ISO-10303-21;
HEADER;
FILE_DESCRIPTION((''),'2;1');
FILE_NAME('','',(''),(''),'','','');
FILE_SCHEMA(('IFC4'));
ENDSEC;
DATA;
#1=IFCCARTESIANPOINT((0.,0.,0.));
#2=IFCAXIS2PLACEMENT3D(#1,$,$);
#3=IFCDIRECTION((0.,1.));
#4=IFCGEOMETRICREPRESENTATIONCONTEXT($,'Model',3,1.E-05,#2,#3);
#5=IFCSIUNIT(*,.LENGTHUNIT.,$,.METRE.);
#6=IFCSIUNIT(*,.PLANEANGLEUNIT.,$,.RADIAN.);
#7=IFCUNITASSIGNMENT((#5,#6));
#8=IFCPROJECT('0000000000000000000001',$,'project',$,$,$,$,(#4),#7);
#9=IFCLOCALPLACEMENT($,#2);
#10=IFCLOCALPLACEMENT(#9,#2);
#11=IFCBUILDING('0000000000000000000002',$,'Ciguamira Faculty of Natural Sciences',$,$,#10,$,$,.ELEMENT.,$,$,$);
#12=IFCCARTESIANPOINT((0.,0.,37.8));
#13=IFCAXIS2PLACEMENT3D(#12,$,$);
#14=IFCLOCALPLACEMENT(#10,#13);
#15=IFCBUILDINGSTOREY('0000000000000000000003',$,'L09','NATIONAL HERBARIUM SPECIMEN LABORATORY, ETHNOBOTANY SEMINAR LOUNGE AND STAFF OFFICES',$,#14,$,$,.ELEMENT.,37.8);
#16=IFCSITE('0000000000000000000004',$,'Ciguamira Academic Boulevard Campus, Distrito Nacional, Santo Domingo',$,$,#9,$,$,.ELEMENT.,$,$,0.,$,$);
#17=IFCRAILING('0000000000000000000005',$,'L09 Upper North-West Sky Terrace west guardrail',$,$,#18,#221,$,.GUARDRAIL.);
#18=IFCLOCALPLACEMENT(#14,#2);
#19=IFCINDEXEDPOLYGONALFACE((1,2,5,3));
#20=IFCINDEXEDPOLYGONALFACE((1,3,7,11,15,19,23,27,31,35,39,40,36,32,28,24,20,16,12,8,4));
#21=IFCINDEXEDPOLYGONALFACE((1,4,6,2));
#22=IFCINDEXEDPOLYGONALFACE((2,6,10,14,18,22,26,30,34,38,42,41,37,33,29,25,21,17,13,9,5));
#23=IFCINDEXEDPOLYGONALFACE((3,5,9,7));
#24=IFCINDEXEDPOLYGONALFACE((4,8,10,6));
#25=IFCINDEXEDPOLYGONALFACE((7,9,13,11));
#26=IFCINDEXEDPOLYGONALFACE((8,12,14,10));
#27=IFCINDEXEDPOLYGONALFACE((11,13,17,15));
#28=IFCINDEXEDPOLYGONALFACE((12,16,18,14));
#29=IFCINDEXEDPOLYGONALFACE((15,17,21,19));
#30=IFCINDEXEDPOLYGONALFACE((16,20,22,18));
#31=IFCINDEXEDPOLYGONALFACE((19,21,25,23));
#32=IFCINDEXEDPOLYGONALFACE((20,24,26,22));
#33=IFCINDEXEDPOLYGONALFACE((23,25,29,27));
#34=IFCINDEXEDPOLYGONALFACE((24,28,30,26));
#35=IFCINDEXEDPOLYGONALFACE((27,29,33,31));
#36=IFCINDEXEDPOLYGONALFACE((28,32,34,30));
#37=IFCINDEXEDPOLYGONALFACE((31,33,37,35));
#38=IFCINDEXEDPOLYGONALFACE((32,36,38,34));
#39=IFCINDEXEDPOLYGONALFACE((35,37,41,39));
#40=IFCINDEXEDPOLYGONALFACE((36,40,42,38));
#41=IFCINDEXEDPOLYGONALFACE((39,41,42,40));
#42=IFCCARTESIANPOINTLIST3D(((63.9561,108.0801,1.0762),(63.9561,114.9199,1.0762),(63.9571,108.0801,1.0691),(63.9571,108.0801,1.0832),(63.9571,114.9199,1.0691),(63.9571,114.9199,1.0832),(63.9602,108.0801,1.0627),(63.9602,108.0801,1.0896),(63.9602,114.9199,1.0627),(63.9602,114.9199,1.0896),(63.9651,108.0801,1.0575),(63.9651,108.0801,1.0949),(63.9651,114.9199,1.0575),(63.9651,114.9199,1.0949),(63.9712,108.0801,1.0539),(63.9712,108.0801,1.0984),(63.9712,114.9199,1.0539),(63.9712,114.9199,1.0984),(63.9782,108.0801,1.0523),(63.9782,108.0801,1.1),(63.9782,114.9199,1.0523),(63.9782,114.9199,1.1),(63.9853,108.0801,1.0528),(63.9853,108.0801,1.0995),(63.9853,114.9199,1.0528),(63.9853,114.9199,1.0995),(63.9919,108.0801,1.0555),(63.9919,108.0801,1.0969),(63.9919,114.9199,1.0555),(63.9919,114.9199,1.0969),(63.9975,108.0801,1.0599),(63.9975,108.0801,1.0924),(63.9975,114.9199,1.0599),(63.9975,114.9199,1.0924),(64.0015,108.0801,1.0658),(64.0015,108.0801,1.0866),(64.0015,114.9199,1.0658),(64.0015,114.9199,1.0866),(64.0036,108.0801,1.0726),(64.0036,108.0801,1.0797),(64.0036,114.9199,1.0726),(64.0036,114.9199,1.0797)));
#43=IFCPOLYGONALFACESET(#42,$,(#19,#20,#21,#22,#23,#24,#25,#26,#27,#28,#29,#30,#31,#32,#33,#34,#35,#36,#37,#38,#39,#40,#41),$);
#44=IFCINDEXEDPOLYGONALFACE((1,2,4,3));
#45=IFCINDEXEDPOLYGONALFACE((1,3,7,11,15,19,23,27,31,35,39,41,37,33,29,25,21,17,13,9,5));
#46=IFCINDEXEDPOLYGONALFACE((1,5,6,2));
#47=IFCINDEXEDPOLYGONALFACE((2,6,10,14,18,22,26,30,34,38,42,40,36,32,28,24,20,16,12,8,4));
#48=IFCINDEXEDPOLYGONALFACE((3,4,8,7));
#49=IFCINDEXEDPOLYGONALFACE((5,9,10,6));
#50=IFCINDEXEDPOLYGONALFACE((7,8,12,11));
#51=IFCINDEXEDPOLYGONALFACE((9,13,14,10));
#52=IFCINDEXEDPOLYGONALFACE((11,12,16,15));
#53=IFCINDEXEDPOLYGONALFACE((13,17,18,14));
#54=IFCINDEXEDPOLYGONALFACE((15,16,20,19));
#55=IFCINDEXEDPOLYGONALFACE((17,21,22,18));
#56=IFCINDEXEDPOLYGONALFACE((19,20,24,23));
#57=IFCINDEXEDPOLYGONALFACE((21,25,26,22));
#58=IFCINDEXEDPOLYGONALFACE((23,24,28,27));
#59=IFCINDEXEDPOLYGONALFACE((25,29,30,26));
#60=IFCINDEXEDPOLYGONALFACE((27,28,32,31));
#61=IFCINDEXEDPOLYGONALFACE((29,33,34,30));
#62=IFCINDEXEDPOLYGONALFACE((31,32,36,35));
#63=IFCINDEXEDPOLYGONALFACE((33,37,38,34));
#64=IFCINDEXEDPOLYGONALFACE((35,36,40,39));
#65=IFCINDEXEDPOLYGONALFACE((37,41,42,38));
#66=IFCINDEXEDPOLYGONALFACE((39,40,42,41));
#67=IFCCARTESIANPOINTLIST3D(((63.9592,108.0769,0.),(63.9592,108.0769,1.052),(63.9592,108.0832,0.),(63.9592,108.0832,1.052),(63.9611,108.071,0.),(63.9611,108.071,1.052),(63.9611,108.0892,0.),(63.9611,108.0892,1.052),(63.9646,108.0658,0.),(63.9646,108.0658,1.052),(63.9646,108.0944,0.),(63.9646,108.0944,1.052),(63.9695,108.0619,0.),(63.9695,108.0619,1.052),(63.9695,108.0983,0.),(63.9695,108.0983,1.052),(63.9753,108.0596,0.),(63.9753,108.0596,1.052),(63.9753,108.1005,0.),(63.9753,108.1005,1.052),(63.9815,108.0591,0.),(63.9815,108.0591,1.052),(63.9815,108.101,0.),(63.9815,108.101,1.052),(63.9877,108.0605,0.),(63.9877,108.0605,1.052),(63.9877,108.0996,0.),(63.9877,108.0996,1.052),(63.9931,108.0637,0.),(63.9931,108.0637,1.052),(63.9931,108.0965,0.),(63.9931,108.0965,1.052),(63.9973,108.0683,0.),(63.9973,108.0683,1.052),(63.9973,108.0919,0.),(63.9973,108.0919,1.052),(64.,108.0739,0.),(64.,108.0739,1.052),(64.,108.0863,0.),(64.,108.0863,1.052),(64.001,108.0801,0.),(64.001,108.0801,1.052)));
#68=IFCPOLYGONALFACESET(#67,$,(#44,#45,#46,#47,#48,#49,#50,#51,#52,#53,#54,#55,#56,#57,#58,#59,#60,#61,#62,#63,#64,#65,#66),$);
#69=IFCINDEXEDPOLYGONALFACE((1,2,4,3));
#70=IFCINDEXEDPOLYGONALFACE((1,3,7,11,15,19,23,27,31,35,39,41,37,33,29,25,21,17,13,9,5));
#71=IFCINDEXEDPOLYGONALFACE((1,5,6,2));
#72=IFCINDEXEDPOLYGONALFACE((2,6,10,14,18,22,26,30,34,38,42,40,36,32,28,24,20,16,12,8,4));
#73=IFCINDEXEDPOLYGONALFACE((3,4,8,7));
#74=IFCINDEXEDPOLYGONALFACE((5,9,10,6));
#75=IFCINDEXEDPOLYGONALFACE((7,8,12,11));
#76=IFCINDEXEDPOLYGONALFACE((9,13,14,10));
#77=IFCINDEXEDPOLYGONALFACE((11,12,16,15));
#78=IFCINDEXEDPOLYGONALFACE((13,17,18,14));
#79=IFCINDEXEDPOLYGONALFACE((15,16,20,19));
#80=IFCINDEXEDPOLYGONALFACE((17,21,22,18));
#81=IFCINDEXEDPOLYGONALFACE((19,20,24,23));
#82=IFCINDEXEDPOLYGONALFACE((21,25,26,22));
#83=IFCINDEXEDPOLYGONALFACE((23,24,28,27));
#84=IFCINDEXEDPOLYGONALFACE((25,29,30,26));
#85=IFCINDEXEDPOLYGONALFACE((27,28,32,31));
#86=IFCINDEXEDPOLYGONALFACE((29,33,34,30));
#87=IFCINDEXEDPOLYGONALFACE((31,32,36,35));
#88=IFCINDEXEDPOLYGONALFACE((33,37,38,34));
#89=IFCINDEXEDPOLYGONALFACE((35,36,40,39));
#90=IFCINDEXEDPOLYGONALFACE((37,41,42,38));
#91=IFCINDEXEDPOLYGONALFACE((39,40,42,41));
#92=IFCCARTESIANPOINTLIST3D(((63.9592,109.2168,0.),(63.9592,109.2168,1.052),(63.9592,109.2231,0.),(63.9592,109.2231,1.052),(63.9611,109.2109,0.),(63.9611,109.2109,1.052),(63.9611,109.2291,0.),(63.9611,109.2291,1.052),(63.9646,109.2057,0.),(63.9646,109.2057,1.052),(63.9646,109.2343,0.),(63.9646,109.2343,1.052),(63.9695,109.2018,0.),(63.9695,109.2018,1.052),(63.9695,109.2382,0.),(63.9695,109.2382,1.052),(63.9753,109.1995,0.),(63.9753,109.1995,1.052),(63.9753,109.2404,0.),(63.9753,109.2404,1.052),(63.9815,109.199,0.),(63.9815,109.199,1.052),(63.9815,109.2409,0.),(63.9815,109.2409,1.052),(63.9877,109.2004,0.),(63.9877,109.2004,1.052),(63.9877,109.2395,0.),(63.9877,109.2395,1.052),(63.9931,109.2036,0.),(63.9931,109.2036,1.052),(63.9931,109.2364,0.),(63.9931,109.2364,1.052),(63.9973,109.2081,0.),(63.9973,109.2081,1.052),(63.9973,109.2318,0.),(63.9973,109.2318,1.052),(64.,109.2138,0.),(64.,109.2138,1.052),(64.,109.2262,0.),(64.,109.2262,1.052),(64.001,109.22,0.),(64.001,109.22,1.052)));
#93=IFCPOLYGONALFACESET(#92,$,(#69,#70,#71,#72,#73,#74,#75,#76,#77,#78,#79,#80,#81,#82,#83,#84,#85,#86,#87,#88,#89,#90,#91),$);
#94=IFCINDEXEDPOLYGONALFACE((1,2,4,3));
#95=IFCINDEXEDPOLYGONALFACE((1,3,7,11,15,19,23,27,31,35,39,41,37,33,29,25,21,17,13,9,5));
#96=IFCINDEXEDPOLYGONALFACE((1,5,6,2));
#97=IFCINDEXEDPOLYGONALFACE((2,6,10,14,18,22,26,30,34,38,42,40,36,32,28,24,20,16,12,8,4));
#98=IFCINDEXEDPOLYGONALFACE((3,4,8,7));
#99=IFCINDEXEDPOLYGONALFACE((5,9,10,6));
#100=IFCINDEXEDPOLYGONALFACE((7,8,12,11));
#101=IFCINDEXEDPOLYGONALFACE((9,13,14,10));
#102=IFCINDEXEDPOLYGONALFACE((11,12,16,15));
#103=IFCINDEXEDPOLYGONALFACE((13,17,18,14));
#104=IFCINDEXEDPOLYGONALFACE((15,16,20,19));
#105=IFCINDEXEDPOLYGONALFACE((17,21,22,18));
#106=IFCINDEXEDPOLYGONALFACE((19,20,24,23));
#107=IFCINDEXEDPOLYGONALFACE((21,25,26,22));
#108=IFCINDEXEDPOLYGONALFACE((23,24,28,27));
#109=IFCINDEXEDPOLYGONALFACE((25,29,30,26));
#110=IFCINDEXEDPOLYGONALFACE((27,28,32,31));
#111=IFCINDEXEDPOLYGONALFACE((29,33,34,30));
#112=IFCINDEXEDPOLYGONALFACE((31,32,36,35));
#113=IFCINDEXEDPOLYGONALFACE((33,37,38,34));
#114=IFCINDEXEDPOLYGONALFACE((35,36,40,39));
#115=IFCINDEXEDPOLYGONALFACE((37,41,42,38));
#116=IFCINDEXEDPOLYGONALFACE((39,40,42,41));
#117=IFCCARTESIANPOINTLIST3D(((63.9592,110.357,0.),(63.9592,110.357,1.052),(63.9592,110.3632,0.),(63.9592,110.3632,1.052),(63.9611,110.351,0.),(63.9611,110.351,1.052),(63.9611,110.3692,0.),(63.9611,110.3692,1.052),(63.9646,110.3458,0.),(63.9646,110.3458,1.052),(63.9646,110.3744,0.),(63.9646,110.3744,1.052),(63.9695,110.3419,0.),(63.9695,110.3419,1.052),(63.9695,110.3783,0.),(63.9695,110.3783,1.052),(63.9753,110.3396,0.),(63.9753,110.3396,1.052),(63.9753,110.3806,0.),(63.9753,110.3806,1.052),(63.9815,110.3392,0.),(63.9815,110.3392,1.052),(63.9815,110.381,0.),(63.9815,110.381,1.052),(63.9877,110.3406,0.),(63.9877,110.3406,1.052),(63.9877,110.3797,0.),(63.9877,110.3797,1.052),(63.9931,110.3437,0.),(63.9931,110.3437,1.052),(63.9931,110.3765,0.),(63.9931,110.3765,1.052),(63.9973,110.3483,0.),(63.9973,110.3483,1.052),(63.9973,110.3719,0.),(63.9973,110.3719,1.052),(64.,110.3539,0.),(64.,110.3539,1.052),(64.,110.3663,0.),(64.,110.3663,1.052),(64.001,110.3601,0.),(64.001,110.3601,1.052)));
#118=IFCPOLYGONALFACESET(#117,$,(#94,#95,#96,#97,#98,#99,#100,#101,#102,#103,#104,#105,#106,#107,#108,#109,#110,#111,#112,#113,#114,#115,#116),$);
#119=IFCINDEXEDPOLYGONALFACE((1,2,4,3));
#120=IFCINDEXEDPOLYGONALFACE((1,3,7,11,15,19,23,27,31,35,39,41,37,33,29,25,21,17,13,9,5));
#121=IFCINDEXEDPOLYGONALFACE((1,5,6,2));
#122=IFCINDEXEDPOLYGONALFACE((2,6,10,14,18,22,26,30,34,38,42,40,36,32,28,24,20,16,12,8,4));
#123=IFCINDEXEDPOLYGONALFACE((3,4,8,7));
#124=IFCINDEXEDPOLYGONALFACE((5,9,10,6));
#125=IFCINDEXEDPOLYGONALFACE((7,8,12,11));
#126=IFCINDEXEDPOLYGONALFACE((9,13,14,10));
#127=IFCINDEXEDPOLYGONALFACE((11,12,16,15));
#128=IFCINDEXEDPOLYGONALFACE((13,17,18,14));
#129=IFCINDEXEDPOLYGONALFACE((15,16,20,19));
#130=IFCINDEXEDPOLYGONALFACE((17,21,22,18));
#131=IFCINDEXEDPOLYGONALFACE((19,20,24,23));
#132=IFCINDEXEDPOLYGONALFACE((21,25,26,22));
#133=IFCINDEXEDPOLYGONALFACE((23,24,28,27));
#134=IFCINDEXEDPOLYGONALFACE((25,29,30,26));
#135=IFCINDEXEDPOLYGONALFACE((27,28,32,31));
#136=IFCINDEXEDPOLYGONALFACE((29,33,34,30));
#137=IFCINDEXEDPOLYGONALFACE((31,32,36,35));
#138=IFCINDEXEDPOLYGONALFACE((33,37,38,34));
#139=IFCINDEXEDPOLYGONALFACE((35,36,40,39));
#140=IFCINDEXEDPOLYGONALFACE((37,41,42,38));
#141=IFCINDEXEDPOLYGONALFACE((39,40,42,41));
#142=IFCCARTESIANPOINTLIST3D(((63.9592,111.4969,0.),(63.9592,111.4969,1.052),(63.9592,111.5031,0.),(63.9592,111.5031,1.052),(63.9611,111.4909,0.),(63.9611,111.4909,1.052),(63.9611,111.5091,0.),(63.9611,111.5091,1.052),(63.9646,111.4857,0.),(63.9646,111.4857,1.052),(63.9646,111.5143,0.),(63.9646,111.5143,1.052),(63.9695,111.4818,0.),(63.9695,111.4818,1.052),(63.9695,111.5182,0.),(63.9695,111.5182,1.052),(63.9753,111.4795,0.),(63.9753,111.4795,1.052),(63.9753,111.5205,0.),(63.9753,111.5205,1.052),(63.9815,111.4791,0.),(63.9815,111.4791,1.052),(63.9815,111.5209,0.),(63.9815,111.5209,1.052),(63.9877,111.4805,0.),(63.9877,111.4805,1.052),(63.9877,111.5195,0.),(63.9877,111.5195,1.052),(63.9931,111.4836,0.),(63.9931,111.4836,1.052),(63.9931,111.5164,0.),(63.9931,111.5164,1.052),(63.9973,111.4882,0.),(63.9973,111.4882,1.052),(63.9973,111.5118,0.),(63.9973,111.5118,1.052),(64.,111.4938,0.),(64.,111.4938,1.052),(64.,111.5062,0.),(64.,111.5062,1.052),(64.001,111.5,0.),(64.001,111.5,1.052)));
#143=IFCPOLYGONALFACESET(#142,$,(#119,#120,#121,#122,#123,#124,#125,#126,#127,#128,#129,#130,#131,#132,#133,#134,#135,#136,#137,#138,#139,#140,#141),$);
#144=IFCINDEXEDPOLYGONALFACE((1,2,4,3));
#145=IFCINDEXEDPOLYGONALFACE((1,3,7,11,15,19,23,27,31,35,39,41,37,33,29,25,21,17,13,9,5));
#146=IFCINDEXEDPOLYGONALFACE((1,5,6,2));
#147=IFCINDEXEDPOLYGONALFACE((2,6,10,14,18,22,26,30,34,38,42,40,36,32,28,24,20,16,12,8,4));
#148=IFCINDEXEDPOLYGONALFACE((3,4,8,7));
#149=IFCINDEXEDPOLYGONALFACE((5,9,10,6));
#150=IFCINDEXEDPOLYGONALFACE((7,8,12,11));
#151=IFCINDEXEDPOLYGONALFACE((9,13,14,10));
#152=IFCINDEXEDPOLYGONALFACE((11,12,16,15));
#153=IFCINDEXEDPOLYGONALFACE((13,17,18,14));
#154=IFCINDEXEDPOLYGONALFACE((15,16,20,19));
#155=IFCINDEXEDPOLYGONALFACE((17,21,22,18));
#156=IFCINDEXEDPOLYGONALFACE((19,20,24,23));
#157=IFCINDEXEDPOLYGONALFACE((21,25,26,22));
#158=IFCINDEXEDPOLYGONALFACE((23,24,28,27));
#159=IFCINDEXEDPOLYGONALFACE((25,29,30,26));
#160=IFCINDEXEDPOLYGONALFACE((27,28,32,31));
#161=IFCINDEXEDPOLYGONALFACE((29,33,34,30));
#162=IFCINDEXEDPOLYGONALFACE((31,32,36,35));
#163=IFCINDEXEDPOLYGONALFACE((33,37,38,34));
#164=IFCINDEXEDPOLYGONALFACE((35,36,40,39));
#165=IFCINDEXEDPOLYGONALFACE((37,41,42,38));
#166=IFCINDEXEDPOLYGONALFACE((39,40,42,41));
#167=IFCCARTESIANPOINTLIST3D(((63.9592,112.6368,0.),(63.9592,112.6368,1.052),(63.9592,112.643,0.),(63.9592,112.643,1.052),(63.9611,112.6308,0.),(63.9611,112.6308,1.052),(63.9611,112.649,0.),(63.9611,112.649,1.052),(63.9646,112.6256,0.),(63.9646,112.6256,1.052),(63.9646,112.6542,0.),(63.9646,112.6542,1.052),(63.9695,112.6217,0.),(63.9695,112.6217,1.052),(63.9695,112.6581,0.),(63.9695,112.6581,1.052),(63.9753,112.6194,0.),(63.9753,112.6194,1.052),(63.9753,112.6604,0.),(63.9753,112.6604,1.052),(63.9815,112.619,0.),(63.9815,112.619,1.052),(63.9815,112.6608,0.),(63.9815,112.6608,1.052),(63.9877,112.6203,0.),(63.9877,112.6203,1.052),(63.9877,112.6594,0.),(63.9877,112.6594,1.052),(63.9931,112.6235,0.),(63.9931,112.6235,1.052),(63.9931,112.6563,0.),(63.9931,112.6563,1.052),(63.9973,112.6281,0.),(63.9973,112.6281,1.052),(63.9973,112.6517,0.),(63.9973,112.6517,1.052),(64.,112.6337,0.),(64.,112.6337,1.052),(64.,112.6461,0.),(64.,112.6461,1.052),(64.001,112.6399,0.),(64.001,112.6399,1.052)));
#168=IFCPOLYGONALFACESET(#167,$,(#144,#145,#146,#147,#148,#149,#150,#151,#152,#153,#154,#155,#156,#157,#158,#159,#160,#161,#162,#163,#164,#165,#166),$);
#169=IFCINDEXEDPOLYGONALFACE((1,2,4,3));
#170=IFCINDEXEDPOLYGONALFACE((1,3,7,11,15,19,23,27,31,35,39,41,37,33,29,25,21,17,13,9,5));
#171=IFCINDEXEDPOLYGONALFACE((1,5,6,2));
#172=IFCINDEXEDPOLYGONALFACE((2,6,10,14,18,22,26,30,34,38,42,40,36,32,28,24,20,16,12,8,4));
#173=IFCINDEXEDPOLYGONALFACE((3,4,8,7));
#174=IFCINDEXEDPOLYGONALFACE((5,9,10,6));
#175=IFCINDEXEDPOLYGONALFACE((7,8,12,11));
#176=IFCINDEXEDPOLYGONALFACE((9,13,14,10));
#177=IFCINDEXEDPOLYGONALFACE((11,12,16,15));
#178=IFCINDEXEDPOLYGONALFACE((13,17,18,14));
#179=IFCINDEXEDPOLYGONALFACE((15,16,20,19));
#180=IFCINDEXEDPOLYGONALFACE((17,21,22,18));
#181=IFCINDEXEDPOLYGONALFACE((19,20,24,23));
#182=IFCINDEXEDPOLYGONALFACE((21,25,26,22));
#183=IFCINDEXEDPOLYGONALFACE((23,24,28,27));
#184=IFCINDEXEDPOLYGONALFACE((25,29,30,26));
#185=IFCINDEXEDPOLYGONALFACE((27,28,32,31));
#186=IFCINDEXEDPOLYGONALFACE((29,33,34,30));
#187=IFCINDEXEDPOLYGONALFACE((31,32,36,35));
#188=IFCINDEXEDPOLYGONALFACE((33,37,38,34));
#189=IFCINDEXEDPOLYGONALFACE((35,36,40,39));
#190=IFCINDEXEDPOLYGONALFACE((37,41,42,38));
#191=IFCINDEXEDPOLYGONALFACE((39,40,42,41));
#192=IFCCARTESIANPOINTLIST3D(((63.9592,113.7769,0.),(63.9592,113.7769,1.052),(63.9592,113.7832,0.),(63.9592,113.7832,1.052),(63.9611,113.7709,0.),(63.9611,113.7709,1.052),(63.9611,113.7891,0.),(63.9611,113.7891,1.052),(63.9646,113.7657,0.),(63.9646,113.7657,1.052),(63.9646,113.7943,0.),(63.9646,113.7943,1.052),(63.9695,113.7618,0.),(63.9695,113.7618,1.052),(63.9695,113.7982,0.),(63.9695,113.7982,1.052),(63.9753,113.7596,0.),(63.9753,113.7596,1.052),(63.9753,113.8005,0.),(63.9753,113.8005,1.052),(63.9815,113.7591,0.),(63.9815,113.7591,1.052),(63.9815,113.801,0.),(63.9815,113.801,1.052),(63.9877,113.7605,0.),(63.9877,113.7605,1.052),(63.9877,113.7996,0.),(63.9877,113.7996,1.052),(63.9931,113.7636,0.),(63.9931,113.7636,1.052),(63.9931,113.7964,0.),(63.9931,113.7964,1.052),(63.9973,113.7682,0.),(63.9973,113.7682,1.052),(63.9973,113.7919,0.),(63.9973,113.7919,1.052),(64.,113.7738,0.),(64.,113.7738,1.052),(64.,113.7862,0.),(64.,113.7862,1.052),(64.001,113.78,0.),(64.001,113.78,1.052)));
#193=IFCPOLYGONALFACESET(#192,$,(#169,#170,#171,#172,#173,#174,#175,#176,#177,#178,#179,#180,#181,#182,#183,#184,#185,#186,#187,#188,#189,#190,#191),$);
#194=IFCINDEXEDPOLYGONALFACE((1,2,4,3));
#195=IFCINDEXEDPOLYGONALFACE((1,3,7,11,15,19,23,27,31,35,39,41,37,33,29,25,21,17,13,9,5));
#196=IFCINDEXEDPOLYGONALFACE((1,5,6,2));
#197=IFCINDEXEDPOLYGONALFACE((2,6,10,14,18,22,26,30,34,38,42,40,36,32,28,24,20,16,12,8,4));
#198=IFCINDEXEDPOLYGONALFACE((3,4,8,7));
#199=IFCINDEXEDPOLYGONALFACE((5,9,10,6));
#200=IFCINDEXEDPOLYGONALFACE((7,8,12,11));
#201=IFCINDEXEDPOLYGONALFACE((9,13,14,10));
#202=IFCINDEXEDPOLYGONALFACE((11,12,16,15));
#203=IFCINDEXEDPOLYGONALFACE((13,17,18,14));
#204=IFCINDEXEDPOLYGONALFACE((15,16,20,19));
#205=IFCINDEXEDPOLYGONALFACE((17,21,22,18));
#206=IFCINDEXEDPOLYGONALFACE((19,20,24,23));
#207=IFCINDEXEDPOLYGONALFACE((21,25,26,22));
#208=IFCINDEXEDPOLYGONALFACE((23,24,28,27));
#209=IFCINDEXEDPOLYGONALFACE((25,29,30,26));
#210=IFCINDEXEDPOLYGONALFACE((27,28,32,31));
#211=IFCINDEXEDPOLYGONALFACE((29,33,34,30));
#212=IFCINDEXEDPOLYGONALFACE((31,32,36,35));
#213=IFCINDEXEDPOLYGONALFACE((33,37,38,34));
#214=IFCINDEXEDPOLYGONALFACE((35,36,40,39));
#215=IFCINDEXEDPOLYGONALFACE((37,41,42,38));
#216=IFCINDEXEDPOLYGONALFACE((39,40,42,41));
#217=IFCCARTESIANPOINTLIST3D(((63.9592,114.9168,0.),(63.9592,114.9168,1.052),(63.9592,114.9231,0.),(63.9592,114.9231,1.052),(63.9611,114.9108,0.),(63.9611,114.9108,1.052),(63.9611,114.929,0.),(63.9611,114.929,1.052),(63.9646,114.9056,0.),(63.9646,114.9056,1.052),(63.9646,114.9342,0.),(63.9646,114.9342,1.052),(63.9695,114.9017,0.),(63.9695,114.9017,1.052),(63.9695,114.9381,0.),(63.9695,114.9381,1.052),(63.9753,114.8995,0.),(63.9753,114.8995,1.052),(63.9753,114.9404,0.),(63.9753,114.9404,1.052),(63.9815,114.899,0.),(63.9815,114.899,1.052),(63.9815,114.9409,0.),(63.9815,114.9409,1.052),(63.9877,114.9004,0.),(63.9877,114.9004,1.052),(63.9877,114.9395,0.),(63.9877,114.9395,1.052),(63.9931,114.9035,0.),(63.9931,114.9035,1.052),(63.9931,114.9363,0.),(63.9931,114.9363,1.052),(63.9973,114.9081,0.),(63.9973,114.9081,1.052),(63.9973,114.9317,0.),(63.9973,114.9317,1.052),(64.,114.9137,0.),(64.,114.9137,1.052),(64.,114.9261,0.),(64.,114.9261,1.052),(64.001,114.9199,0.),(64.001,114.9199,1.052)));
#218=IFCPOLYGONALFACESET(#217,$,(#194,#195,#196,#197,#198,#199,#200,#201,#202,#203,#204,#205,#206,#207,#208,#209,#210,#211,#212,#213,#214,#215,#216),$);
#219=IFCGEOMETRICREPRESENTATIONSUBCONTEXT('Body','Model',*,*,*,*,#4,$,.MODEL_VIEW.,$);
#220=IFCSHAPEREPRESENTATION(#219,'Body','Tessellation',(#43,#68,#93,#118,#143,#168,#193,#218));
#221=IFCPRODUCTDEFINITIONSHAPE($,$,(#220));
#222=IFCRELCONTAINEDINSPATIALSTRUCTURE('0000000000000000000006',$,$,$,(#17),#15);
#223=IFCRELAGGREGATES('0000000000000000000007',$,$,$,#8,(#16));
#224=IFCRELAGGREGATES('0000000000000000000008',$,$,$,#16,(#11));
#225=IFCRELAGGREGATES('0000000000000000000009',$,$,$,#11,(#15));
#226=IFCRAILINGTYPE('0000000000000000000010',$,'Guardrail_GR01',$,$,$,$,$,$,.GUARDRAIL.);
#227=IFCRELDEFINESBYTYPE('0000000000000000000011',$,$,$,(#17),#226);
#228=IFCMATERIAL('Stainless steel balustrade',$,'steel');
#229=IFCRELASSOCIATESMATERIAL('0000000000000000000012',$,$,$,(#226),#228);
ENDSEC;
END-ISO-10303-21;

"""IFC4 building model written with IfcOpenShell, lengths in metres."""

from ifc_helpers import new_model, si_unit, direction, frame, origin, origin_2d, place, context, subcontext, project, spatial, circle, extrude, material, type_object, element, save


model = new_model("IFC4")

# Units and contexts
model_context = context("Model", 3, precision=1e-05, world=origin(), true_north=direction((0.0, 1.0)))
body_context = subcontext(model_context, "Body", "Model", "MODEL_VIEW")
ifc_project = project(units=[si_unit("LENGTHUNIT", "METRE"), si_unit("PLANEANGLEUNIT", "RADIAN")], contexts=[model_context])

# Site, building, storey
site_placement = place(None, origin())
site = spatial("IfcSite", under=ifc_project, at=site_placement, Name="Ciguamira Academic Boulevard Campus, Distrito Nacional, Santo Domingo", CompositionType="ELEMENT", RefElevation=0.0)
building_placement = place(site_placement, origin())
building = spatial("IfcBuilding", under=site, at=building_placement, Name="Ciguamira Faculty of Natural Sciences", CompositionType="ELEMENT")
storey_placement = place(building_placement, frame((0.0, 0.0, 37.8)))
storey = spatial("IfcBuildingStorey", under=building, at=storey_placement, Name="L09", Description="NATIONAL HERBARIUM SPECIMEN LABORATORY, ETHNOBOTANY SEMINAR LOUNGE AND STAFF OFFICES", CompositionType="ELEMENT", Elevation=37.8)

# Railing
ifc_material_1 = material(Name="Stainless steel balustrade", Category="steel")
railing_type = type_object("IfcRailingType", Name="Guardrail_GR01", PredefinedType="GUARDRAIL", material=ifc_material_1)
railing_1_placement = place(storey_placement, frame((63.98, 108.0801, 0.0)))
element("IfcRailing", 1, at=railing_1_placement, inside=storey, type_object=railing_type, Name="L09 Upper North-West Sky Terrace west guardrail", PredefinedType="GUARDRAIL", context=body_context, shape_type="SweptSolid", body=[
    extrude(circle(Radius=0.0239, at=origin_2d()), frame((0.0, 0.0, 1.0762), z_axis=(0.0, 1.0, 0.0), x_axis=(-1.0, 0.0, 0.0)), (0.0, 0.0, 1.0), 6.8398),
    extrude(circle(Radius=0.021, at=origin_2d()), origin(), (0.0, 0.0, 1.0), 1.052),
    extrude(circle(Radius=0.021, at=origin_2d()), frame((0.0, 1.1399, 0.0)), (0.0, 0.0, 1.0), 1.052),
    extrude(circle(Radius=0.021, at=origin_2d()), frame((0.0, 2.28, 0.0)), (0.0, 0.0, 1.0), 1.052),
    extrude(circle(Radius=0.021, at=origin_2d()), frame((0.0, 3.4199, 0.0)), (0.0, 0.0, 1.0), 1.052),
    extrude(circle(Radius=0.021, at=origin_2d()), frame((0.0, 4.5598, 0.0)), (0.0, 0.0, 1.0), 1.052),
    extrude(circle(Radius=0.021, at=origin_2d()), frame((0.0, 5.7, 0.0)), (0.0, 0.0, 1.0), 1.052),
    extrude(circle(Radius=0.021, at=origin_2d()), frame((0.0, 6.8398, 0.0)), (0.0, 0.0, 1.0), 1.052),
])

save(model, "model.ifc")
